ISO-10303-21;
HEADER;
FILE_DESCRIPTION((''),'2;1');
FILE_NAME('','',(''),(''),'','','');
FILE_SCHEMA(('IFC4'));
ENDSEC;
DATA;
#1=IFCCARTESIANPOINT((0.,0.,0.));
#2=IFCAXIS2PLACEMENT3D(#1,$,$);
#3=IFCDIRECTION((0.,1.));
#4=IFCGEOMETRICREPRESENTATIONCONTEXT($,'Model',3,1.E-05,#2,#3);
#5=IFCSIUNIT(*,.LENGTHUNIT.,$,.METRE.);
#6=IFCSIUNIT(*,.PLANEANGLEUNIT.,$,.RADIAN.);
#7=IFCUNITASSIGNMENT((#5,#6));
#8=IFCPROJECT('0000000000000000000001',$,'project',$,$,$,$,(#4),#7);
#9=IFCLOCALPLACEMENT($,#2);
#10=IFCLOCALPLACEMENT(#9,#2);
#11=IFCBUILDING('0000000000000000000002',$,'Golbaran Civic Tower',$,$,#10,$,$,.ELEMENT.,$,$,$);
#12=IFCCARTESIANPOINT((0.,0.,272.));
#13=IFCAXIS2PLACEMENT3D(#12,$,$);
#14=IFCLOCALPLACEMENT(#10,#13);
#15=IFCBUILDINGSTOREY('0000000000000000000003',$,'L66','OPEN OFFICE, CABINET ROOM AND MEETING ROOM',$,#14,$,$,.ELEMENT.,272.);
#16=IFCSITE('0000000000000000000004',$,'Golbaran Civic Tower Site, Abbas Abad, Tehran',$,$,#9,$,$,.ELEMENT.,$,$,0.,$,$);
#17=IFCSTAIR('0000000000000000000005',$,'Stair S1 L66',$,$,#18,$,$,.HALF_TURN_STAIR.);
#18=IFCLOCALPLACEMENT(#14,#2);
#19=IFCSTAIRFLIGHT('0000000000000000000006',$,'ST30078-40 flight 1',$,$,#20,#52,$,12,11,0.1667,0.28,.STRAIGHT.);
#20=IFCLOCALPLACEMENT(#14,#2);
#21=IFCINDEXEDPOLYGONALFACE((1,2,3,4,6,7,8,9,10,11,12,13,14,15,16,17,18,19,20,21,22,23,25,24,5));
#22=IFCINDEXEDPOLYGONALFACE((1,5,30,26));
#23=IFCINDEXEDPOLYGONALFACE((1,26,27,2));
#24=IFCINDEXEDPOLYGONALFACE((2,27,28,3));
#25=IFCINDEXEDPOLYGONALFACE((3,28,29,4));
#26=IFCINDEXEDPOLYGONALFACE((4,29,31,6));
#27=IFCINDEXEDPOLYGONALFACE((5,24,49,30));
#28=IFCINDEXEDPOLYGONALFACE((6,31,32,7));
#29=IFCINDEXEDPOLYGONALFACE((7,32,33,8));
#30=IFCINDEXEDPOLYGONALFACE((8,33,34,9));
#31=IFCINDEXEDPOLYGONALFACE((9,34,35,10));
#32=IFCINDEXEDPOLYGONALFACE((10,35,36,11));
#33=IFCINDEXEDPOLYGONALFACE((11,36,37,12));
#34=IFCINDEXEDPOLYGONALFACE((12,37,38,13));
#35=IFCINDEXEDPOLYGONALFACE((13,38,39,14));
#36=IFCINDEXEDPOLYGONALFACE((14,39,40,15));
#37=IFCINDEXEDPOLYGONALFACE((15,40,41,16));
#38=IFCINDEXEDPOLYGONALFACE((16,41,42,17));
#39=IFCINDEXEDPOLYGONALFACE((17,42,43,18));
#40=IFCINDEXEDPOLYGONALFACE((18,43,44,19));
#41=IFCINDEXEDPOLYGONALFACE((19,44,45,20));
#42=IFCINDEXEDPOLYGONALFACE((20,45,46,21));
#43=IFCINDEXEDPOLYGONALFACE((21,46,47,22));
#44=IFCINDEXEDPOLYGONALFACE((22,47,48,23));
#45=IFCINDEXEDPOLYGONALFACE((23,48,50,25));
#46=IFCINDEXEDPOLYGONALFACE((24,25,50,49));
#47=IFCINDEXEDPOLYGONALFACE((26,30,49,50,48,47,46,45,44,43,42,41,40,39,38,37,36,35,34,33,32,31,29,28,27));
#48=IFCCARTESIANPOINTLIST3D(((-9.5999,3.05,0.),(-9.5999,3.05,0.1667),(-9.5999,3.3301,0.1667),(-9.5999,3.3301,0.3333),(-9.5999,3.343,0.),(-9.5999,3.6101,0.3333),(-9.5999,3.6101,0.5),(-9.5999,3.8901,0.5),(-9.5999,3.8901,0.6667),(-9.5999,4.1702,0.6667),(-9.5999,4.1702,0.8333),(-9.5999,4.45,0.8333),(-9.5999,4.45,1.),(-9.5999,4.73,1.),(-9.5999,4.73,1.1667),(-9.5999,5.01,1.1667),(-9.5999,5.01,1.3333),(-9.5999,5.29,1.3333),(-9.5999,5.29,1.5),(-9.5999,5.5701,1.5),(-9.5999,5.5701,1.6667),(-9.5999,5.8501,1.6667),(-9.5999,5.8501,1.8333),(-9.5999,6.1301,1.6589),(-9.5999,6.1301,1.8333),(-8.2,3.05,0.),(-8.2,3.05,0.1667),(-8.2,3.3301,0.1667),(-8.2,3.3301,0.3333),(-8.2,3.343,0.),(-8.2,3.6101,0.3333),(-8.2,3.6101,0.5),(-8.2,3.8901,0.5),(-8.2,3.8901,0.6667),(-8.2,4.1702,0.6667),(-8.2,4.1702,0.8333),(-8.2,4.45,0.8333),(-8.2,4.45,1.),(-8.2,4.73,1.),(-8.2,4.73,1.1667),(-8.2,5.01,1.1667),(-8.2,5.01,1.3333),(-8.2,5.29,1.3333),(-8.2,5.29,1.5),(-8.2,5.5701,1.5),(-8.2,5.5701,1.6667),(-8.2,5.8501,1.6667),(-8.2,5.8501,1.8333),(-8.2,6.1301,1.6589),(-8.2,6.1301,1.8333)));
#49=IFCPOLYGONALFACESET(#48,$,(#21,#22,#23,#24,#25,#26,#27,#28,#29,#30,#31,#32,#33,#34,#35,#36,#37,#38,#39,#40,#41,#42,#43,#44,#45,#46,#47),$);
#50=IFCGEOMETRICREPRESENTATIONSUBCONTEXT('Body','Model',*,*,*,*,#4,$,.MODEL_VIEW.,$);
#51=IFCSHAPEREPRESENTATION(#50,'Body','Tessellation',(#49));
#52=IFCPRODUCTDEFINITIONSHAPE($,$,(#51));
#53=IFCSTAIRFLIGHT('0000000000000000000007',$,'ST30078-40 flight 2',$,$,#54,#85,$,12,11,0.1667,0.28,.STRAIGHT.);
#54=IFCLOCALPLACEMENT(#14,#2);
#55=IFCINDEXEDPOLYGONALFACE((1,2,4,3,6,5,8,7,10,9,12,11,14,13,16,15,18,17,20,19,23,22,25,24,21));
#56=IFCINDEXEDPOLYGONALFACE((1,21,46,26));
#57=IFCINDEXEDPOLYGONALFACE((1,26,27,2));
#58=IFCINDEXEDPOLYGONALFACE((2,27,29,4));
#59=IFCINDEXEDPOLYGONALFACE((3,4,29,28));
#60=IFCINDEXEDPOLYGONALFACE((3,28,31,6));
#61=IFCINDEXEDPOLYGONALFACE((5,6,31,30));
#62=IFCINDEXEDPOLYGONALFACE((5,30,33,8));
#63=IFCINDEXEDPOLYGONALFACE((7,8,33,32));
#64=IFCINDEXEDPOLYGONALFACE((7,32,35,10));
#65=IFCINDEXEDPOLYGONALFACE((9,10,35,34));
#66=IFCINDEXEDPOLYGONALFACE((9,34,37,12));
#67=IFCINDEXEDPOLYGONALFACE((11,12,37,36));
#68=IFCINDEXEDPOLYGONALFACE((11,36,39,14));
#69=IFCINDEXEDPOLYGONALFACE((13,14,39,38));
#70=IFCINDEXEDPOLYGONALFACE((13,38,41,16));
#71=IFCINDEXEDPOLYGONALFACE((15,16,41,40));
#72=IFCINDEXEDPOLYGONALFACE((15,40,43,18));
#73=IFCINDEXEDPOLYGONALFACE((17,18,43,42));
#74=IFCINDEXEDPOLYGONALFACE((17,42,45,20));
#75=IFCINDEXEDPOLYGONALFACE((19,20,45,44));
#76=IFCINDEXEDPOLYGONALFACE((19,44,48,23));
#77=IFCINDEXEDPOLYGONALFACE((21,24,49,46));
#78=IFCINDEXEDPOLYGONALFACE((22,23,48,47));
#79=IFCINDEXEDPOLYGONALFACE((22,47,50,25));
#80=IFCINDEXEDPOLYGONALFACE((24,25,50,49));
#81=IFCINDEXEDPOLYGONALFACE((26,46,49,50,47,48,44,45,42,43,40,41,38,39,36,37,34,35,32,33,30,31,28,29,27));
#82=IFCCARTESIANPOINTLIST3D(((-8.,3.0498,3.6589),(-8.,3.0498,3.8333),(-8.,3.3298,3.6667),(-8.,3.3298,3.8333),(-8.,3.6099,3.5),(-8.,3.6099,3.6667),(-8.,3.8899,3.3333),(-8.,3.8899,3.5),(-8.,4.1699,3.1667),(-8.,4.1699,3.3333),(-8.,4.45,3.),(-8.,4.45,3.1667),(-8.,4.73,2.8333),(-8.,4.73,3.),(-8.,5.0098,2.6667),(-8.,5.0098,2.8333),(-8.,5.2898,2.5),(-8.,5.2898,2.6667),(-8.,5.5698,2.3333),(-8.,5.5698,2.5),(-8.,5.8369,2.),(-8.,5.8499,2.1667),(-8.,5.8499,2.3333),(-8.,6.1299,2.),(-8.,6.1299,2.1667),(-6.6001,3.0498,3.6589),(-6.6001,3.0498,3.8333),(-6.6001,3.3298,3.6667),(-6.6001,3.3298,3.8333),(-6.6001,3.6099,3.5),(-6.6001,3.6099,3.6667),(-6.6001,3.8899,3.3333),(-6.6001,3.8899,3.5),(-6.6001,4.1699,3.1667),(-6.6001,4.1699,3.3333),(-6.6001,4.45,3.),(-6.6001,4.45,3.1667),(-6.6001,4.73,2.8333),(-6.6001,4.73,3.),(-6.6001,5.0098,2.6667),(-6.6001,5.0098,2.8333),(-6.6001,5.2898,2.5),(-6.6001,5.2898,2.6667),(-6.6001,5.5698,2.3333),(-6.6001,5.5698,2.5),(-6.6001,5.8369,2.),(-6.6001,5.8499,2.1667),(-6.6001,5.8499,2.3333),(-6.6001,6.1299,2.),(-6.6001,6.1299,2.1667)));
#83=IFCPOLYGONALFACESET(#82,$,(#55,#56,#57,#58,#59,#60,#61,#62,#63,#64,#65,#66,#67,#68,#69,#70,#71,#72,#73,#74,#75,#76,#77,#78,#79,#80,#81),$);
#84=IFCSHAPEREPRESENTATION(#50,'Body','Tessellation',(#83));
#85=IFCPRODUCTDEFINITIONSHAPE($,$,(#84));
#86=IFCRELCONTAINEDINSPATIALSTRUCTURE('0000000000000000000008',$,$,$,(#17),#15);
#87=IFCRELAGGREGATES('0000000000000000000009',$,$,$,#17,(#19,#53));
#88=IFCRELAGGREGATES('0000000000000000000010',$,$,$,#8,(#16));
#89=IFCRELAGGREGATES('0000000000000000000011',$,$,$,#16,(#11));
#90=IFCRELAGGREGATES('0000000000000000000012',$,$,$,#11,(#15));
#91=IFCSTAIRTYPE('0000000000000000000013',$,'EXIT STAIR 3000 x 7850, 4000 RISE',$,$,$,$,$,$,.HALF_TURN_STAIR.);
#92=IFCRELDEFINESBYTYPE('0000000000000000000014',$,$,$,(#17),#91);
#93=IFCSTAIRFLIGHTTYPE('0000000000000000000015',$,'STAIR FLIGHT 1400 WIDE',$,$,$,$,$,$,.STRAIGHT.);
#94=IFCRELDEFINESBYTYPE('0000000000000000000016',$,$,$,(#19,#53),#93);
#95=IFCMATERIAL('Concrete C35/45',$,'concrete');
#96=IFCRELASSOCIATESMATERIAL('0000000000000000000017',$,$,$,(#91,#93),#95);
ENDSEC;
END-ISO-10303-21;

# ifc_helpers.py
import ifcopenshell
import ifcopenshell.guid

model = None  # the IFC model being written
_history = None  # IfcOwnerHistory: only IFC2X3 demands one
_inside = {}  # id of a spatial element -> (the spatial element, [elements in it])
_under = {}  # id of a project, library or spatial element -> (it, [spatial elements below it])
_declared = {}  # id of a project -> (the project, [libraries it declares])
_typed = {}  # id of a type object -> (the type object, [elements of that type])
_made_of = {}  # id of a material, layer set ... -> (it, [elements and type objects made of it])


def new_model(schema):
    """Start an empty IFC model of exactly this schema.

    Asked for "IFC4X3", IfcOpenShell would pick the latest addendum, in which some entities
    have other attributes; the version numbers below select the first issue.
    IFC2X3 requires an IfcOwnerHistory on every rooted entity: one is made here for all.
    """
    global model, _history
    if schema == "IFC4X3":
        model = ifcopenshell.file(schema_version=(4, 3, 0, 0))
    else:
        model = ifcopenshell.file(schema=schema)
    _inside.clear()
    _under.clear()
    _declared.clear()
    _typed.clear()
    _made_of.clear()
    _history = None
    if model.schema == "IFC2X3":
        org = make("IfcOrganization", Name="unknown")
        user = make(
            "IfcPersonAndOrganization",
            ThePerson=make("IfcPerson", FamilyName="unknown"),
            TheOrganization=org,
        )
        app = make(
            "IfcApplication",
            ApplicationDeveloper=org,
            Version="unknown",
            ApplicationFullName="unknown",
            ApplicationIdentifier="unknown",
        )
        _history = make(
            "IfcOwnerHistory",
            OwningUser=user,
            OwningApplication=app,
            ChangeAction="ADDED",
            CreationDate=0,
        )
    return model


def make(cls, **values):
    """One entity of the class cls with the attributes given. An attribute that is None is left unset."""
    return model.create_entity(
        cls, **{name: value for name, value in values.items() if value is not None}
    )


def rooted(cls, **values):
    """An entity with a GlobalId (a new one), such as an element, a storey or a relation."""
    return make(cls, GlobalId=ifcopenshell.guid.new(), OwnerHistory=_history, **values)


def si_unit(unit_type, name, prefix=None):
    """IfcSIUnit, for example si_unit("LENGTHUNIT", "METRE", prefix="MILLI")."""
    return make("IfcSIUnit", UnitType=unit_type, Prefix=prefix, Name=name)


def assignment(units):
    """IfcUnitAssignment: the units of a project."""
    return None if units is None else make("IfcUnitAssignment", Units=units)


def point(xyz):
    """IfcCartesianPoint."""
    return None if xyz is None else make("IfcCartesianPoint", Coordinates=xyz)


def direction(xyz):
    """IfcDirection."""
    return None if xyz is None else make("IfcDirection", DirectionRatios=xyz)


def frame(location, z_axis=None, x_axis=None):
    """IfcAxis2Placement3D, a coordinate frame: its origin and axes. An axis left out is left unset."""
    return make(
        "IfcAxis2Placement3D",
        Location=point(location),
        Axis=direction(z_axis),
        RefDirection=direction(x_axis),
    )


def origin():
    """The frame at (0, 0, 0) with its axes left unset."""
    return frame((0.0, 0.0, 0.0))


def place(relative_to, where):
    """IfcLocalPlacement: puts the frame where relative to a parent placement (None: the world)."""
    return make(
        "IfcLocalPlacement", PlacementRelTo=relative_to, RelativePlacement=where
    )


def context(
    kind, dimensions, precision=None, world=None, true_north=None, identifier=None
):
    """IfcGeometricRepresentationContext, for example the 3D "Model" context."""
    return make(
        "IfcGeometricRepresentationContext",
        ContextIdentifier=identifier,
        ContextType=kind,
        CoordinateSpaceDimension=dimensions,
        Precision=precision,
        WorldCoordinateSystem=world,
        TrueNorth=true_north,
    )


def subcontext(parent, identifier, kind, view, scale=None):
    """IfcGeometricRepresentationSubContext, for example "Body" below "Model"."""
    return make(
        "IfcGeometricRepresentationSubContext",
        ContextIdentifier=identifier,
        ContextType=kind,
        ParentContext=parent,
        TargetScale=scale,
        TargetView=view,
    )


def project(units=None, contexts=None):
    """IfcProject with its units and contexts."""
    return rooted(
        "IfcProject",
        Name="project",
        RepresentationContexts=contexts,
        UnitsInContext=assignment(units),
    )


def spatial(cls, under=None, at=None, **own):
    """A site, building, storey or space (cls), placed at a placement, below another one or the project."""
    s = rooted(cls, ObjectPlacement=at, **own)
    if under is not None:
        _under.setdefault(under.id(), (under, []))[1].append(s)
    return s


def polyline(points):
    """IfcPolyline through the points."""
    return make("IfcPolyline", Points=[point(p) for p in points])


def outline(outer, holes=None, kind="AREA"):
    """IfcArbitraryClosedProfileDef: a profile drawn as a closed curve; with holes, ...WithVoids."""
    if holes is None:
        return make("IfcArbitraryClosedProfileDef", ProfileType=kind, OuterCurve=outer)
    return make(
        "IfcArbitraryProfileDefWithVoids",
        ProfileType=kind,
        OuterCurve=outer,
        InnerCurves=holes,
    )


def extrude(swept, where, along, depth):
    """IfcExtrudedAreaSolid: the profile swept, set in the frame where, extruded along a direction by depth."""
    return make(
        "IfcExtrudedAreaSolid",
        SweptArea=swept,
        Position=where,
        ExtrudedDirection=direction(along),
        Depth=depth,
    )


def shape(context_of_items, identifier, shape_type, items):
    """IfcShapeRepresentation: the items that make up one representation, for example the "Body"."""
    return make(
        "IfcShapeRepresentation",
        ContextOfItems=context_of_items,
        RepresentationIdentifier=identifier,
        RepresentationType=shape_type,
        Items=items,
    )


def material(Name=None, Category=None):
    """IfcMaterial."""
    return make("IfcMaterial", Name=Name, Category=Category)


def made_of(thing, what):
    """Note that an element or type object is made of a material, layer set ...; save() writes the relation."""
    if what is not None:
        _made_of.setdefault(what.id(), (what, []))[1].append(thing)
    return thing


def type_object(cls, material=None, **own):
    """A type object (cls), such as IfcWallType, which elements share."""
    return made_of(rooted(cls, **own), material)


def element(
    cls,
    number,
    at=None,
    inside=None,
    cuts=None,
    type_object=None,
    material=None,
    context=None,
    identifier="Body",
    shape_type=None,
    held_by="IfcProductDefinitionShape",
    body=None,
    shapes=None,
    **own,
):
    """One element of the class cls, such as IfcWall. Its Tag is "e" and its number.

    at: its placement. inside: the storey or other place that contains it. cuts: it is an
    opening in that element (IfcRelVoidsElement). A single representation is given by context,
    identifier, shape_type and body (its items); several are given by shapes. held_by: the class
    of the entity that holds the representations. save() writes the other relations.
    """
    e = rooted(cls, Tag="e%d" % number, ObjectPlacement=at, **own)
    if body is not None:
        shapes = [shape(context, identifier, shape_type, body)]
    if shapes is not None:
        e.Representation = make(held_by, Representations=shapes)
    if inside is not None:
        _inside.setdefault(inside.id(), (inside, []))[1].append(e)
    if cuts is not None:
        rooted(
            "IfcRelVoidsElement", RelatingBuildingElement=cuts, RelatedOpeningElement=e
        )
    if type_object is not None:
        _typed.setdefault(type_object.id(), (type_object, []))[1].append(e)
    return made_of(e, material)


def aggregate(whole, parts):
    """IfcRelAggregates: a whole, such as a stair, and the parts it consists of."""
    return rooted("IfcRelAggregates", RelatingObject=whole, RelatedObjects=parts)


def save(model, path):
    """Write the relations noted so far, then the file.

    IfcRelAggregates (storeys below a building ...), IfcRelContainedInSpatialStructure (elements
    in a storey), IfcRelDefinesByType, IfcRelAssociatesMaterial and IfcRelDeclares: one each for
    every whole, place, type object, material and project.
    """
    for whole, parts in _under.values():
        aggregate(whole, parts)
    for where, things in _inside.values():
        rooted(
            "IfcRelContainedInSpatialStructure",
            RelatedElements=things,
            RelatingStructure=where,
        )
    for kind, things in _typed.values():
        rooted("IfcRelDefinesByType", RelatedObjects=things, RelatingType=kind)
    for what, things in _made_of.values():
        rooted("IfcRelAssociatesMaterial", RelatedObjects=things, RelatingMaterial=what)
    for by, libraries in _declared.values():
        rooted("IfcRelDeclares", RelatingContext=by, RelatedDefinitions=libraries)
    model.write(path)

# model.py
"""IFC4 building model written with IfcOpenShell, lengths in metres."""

from ifc_helpers import new_model, si_unit, direction, frame, origin, place, context, subcontext, project, spatial, polyline, outline, extrude, material, type_object, element, aggregate, save


model = new_model("IFC4")

# Units and contexts
model_context = context("Model", 3, precision=1e-05, world=origin(), true_north=direction((0.0, 1.0)))
body_context = subcontext(model_context, "Body", "Model", "MODEL_VIEW")
ifc_project = project(units=[si_unit("LENGTHUNIT", "METRE"), si_unit("PLANEANGLEUNIT", "RADIAN")], contexts=[model_context])

# Site, building, storey
site_placement = place(None, origin())
site = spatial("IfcSite", under=ifc_project, at=site_placement, Name="Golbaran Civic Tower Site, Abbas Abad, Tehran", CompositionType="ELEMENT", RefElevation=0.0)
building_placement = place(site_placement, origin())
building = spatial("IfcBuilding", under=site, at=building_placement, Name="Golbaran Civic Tower", CompositionType="ELEMENT")
storey_placement = place(building_placement, frame((0.0, 0.0, 272.0)))
storey = spatial("IfcBuildingStorey", under=building, at=storey_placement, Name="L66", Description="OPEN OFFICE, CABINET ROOM AND MEETING ROOM", CompositionType="ELEMENT", Elevation=272.0)

# Shared definitions
ifc_material_1 = material(Name="Concrete C35/45", Category="concrete")

# Stair
stair_type = type_object("IfcStairType", Name="EXIT STAIR 3000 x 7850, 4000 RISE", PredefinedType="HALF_TURN_STAIR", material=ifc_material_1)
stair_placement = place(storey_placement, origin())
stair = element("IfcStair", 1, at=stair_placement, inside=storey, type_object=stair_type, Name="Stair S1 L66", PredefinedType="HALF_TURN_STAIR")

# Stair flights
stair_flight_type = type_object("IfcStairFlightType", Name="STAIR FLIGHT 1400 WIDE", PredefinedType="STRAIGHT", material=ifc_material_1)
stair_flight_1_placement = place(storey_placement, frame((-8.8999, 3.05, 0.0), z_axis=(0.0, 0.0, 1.0), x_axis=(0.0, 1.0, 0.0)))
stair_flight_1 = element("IfcStairFlight", 2, at=stair_flight_1_placement, type_object=stair_flight_type, Name="ST30078-40 flight 1", NumberOfRisers=12, NumberOfTreads=11, PredefinedType="STRAIGHT", RiserHeight=0.1667, TreadLength=0.28, context=body_context, shape_type="SweptSolid", body=[
    extrude(outline(polyline([(0.0, 0.0), (0.0, 0.1667), (0.28, 0.1667), (0.28, 0.3333), (0.5601, 0.3333), (0.5601, 0.5), (0.8401, 0.5), (0.8401, 0.6667), (1.1201, 0.6667), (1.1201, 0.8333), (1.3999, 0.8333), (1.3999, 1.0), (1.6799, 1.0), (1.6799, 1.1667), (1.96, 1.1667), (1.96, 1.3333), (2.24, 1.3333), (2.24, 1.5), (2.52, 1.5), (2.52, 1.6667), (2.8, 1.6667), (2.8, 1.8333), (3.0801, 1.8333), (3.0801, 2.0), (3.0801, 1.6589), (0.293, 0.0), (0.0, 0.0)])), frame((0.0, 0.7, 0.0), z_axis=(0.0, -1.0, 0.0), x_axis=(1.0, 0.0, 0.0)), (0.0, 0.0, 1.0), 1.3999),
])
stair_flight_2_placement = place(storey_placement, frame((-7.3, 6.1299, 2.0), z_axis=(0.0, 0.0, 1.0), x_axis=(0.0, -1.0, 0.0)))
stair_flight_2 = element("IfcStairFlight", 3, at=stair_flight_2_placement, type_object=stair_flight_type, Name="ST30078-40 flight 2", NumberOfRisers=12, NumberOfTreads=11, PredefinedType="STRAIGHT", RiserHeight=0.1667, TreadLength=0.28, context=body_context, shape_type="SweptSolid", body=[
    extrude(outline(polyline([(0.0, 0.0), (0.0, 0.1667), (0.28, 0.1667), (0.28, 0.3333), (0.5601, 0.3333), (0.5601, 0.5), (0.8401, 0.5), (0.8401, 0.6667), (1.1201, 0.6667), (1.1201, 0.8333), (1.3999, 0.8333), (1.3999, 1.0), (1.6799, 1.0), (1.6799, 1.1667), (1.96, 1.1667), (1.96, 1.3333), (2.24, 1.3333), (2.24, 1.5), (2.52, 1.5), (2.52, 1.6667), (2.8, 1.6667), (2.8, 1.8333), (3.0801, 1.8333), (3.0801, 2.0), (3.0801, 1.6589), (0.293, 0.0), (0.0, 0.0)])), frame((0.0, 0.7, 0.0), z_axis=(0.0, -1.0, 0.0), x_axis=(1.0, 0.0, 0.0)), (0.0, 0.0, 1.0), 1.3999),
])
aggregate(stair, [stair_flight_1, stair_flight_2])

save(model, "model.ifc")
